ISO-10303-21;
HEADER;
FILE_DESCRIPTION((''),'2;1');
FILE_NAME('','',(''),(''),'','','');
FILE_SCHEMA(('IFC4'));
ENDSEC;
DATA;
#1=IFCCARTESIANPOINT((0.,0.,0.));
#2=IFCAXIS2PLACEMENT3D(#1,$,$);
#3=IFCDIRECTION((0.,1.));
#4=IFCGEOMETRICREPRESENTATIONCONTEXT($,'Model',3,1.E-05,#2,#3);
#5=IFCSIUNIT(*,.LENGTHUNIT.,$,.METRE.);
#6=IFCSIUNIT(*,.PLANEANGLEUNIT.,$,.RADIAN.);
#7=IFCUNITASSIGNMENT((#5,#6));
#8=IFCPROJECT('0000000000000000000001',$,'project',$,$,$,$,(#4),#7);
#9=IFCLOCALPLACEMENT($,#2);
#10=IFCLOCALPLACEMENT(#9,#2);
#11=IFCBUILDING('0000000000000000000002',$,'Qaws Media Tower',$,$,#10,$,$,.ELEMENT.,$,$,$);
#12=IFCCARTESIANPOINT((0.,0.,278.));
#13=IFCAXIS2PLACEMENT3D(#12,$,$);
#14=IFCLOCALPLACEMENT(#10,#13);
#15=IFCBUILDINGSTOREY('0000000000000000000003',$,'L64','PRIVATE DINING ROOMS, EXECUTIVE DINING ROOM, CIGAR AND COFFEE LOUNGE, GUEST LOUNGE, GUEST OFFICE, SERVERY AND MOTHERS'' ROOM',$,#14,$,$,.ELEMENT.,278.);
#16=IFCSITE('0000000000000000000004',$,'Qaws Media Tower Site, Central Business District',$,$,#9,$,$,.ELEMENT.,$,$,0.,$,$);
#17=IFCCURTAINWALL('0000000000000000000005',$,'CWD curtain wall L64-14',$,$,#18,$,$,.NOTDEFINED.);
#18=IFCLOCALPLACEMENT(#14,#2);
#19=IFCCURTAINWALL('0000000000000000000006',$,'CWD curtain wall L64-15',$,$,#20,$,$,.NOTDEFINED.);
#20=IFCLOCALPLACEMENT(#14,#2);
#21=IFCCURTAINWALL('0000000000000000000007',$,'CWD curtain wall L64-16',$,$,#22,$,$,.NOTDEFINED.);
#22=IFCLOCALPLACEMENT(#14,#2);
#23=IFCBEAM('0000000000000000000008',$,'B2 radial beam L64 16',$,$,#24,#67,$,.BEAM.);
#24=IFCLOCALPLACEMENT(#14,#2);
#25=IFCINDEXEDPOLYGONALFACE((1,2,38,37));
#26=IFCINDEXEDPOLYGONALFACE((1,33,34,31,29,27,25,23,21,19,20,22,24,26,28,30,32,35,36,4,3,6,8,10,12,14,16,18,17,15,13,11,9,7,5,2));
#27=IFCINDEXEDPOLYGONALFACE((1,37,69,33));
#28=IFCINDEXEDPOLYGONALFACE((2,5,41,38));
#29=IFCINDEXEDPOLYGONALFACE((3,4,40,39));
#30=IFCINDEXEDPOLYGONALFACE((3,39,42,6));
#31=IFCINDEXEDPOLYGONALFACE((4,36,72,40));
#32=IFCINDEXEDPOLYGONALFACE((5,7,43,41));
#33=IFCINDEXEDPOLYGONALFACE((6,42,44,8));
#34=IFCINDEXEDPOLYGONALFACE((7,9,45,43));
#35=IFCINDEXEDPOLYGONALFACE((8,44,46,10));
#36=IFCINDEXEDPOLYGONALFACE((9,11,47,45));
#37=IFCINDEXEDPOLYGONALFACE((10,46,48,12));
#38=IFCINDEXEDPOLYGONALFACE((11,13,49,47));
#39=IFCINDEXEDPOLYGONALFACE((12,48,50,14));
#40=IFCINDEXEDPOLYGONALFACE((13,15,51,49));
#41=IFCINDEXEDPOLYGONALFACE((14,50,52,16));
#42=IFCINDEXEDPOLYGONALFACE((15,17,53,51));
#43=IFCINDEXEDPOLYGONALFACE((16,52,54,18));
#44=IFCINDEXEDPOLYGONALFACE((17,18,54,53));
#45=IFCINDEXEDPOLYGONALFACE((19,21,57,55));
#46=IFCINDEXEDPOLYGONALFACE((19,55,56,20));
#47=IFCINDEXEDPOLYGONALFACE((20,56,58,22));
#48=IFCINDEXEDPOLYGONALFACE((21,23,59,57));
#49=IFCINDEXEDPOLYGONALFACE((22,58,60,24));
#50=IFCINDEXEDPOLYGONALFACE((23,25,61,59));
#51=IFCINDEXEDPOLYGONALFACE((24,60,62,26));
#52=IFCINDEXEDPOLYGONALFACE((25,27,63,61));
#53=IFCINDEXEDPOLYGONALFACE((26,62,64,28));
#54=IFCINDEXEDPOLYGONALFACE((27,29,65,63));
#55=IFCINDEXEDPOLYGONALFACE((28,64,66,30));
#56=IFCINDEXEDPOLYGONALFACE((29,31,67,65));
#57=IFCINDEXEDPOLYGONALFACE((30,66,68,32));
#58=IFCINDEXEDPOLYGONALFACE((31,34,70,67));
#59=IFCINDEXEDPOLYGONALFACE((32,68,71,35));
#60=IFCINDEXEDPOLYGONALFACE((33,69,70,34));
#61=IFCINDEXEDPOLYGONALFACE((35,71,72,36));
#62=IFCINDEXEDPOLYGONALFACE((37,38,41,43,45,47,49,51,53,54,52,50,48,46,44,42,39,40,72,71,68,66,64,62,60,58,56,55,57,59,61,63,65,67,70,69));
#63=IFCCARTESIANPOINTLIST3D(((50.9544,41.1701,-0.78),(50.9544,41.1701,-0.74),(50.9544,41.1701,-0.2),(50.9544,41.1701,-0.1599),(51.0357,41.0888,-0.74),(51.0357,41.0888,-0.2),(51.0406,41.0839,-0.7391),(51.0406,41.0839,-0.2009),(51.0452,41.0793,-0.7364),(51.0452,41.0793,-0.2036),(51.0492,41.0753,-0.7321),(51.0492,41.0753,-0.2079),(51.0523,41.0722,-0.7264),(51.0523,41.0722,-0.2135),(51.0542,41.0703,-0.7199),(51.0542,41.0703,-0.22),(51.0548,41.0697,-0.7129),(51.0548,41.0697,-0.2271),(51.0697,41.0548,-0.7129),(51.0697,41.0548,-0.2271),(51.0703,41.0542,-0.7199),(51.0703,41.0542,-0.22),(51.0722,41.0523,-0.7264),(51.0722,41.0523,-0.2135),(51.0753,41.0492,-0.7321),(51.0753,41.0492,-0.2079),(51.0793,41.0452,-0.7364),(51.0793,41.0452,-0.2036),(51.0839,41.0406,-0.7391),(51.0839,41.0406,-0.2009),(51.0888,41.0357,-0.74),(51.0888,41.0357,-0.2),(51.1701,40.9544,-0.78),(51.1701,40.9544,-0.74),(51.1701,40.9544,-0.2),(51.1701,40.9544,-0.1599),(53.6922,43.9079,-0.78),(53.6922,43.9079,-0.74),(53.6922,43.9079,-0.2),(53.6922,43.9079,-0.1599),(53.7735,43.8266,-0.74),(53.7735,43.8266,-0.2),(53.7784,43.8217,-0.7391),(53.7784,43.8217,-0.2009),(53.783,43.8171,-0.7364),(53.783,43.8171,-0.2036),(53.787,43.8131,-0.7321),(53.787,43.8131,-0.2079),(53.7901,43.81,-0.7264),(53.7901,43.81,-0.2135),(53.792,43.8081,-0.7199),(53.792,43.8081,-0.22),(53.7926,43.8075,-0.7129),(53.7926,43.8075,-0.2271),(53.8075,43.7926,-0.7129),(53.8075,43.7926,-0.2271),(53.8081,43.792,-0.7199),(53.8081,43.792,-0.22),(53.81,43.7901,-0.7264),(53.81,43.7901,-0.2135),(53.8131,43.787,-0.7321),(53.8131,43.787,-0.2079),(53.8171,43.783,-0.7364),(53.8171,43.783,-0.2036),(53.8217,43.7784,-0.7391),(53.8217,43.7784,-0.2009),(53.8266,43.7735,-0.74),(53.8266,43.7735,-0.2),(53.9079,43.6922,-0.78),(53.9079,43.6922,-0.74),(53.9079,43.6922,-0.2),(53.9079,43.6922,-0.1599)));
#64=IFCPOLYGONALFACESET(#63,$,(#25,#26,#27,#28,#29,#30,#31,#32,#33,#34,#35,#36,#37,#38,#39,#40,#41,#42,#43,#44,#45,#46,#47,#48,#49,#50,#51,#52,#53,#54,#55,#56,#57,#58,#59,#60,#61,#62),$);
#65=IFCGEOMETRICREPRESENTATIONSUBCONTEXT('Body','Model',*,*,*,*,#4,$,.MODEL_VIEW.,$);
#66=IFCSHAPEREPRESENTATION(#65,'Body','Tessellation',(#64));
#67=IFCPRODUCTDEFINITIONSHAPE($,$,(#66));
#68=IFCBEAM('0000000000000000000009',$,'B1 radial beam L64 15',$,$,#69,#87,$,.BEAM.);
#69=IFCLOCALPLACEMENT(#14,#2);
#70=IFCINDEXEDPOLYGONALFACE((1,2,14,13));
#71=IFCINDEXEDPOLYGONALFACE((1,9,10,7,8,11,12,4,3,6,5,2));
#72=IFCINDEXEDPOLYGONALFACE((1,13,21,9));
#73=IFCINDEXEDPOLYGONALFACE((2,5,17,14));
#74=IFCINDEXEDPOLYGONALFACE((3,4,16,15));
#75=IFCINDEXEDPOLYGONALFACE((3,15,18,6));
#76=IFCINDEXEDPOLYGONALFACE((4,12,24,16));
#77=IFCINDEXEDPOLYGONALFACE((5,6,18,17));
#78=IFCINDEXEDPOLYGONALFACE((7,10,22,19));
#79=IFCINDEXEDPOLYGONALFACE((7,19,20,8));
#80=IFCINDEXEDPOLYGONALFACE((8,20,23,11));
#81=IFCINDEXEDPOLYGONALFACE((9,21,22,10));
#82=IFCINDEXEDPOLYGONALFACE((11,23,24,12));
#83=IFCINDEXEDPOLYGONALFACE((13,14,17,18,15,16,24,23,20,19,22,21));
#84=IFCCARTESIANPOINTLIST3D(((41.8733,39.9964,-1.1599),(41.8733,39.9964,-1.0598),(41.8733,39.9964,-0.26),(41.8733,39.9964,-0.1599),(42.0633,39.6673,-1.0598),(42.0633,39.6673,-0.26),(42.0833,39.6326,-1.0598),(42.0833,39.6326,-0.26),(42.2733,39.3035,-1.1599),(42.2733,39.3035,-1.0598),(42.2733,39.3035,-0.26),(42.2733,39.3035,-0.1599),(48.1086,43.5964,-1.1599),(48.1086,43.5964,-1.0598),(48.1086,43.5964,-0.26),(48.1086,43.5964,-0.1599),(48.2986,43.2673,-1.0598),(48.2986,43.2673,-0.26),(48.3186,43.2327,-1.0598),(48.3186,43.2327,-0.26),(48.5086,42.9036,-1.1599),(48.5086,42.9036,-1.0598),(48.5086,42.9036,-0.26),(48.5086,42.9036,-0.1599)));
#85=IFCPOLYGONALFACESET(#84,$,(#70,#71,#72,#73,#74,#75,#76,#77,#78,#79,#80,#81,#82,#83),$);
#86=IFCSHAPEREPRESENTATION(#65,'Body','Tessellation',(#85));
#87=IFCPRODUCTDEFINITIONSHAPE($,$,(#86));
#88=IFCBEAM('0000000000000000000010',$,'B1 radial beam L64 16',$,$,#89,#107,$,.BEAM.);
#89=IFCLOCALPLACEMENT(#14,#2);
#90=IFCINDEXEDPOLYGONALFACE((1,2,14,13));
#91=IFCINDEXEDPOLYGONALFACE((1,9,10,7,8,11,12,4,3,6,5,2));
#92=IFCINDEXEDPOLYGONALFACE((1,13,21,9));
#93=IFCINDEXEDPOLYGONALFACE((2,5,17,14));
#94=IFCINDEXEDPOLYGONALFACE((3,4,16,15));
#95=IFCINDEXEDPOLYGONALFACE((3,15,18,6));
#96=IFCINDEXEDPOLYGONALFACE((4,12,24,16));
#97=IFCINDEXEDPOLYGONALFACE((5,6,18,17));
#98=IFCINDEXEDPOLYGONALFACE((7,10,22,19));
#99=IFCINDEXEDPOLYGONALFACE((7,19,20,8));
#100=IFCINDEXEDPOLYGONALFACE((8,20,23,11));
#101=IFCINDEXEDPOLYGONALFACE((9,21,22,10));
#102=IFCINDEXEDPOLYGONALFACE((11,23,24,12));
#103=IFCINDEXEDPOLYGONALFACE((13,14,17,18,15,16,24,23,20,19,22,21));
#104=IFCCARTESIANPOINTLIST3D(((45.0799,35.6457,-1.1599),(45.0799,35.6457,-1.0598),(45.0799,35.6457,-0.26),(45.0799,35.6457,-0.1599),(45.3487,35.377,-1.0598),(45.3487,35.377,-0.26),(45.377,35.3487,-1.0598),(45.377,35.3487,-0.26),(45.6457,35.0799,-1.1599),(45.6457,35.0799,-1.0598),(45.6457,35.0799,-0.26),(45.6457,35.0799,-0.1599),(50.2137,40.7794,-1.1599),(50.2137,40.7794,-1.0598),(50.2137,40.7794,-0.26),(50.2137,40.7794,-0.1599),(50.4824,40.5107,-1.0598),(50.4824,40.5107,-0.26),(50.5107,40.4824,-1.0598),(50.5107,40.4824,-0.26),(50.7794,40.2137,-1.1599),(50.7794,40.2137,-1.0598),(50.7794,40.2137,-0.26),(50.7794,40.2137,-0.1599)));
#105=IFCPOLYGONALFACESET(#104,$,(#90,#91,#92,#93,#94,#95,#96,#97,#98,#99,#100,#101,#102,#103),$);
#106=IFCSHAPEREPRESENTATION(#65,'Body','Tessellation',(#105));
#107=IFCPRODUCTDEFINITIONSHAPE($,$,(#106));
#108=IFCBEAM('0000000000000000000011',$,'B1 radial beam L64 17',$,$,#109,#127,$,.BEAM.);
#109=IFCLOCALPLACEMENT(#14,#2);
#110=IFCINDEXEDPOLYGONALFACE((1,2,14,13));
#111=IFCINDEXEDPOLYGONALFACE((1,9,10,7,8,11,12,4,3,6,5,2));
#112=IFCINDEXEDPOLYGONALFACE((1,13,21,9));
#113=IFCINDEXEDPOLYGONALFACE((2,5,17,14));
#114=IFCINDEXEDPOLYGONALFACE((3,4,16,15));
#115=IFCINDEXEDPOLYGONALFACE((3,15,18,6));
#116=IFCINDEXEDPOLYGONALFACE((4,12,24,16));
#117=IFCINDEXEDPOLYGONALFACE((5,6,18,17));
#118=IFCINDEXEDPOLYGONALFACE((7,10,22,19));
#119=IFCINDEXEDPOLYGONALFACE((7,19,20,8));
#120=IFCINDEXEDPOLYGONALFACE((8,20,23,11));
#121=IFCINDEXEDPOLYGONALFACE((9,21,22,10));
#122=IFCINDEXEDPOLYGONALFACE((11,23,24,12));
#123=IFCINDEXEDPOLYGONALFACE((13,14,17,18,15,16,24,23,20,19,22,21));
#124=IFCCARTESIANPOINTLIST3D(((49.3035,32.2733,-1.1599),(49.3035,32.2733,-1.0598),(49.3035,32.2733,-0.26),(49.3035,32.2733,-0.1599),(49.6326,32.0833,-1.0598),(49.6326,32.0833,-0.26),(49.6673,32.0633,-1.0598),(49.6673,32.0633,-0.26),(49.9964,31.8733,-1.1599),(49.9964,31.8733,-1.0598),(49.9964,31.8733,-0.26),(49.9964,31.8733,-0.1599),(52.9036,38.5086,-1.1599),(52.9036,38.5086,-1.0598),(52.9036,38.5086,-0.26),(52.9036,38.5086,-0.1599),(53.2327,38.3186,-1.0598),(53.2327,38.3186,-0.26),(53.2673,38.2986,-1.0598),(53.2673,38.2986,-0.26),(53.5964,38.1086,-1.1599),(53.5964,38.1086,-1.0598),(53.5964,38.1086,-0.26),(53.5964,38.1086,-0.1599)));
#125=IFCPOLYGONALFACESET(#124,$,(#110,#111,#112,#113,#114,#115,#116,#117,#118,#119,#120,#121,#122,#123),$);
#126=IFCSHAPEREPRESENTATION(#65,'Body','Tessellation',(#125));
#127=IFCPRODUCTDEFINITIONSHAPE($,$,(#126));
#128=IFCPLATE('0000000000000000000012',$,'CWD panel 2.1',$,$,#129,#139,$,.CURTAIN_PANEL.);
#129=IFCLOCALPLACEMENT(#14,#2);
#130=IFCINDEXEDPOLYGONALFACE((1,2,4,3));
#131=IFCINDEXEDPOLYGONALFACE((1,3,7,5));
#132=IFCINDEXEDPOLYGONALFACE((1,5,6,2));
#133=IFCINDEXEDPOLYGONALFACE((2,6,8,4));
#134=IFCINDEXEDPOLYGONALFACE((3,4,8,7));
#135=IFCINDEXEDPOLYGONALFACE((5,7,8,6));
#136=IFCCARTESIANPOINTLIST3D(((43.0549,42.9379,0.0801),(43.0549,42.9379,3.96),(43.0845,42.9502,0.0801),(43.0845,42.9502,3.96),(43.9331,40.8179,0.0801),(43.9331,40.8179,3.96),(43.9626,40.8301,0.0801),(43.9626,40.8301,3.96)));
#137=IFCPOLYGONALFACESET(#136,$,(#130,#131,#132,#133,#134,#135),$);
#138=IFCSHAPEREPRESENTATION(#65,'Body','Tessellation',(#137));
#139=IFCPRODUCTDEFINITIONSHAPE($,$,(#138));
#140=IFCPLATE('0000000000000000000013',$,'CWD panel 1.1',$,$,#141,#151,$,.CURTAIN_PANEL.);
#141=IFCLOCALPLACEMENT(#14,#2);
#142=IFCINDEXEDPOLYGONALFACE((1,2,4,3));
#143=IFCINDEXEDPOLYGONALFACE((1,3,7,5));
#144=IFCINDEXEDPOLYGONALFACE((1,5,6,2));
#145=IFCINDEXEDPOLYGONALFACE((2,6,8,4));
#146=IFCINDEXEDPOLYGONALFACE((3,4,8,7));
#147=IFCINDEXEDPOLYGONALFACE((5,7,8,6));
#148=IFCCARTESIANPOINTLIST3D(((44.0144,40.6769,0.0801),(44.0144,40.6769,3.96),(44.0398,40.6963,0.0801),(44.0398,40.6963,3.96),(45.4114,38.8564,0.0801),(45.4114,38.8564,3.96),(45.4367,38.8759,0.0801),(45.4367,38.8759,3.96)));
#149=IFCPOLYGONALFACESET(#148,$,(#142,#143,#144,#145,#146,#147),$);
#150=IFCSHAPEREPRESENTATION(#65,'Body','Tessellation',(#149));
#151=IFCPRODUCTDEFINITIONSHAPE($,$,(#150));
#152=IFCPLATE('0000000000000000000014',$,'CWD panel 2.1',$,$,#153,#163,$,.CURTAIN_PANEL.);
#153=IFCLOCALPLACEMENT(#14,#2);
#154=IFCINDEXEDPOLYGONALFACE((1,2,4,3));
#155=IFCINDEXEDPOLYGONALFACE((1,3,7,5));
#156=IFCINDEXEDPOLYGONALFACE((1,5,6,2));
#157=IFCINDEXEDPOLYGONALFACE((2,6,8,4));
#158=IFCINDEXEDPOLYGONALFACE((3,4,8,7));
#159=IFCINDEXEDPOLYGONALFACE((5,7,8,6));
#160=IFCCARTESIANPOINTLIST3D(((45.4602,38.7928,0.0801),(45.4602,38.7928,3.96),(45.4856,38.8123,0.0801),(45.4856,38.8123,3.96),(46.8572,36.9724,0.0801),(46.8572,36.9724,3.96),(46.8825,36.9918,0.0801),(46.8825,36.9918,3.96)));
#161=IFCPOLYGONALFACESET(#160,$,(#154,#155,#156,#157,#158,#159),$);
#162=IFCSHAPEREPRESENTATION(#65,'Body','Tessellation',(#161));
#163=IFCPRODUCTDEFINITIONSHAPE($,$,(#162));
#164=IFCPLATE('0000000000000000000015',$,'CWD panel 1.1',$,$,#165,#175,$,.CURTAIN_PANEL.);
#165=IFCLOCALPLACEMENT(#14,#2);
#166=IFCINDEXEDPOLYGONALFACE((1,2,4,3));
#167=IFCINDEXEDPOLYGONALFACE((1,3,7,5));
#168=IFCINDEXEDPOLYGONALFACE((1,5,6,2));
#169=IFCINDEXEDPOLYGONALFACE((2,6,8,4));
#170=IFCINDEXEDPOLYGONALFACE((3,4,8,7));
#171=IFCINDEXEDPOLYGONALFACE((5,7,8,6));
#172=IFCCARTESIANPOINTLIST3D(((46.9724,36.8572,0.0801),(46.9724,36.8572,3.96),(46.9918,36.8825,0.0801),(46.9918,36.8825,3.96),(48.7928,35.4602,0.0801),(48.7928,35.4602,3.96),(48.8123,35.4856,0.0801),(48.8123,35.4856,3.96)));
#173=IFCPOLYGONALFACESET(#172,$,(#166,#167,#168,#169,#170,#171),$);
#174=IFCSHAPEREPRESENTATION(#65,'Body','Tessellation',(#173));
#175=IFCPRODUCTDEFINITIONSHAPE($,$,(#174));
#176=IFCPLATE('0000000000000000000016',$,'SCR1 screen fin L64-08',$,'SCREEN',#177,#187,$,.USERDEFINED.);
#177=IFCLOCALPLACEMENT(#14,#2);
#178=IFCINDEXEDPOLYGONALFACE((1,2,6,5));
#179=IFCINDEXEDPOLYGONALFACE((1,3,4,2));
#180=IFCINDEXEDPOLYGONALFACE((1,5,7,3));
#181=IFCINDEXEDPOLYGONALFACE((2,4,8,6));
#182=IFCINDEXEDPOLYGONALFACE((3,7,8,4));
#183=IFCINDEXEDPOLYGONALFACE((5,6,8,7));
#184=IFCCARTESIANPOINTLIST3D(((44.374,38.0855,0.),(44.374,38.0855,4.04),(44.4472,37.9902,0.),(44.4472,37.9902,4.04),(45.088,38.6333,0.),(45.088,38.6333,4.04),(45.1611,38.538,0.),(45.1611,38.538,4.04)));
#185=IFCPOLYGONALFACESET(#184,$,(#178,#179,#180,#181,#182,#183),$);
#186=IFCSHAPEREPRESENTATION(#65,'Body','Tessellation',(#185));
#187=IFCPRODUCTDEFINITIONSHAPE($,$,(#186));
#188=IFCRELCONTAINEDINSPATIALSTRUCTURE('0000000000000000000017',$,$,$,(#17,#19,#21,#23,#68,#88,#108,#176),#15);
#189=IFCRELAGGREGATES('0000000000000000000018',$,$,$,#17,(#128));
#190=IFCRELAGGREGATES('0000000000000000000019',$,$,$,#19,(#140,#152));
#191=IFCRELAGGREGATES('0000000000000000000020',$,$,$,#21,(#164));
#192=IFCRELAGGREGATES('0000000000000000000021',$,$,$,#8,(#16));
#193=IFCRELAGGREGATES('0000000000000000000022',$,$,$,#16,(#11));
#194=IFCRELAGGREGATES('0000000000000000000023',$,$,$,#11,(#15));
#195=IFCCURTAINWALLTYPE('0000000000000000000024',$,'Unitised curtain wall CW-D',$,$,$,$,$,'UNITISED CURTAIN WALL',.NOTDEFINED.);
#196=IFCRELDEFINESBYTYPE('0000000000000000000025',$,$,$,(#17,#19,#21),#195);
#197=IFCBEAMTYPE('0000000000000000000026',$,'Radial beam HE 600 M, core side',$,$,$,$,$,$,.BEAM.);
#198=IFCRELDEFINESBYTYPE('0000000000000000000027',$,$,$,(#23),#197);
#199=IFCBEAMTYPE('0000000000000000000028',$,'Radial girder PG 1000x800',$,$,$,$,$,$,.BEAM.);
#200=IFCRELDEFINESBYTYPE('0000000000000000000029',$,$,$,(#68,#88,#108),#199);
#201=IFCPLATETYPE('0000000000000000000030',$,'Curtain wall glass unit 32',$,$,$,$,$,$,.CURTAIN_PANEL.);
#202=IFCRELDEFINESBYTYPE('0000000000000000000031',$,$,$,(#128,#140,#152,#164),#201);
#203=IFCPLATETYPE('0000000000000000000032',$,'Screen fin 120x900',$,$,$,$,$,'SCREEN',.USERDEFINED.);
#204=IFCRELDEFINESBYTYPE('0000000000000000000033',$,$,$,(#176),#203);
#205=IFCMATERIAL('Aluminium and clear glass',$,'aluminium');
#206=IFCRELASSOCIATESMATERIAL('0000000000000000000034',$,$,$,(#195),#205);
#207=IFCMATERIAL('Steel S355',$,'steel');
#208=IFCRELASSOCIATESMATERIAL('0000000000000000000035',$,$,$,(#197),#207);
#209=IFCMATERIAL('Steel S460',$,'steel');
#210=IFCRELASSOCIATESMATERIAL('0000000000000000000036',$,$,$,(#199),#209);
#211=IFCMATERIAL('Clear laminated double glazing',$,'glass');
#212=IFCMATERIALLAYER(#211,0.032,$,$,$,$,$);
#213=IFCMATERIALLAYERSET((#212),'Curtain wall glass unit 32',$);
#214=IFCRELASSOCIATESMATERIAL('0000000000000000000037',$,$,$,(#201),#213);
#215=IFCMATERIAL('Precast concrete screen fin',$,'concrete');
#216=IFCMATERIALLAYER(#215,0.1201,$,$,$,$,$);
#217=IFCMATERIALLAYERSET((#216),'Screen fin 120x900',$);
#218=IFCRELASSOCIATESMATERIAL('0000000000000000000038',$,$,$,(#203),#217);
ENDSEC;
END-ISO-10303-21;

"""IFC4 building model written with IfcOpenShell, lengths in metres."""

from ifc_helpers import new_model, si_unit, direction, frame, origin, origin_2d, place, context, subcontext, project, spatial, rectangle, i_section, extrude, material, layer, layer_set, material_profile, profile_set, type_object, element, aggregate, save


model = new_model("IFC4")

# Units and contexts
model_context = context("Model", 3, precision=1e-05, world=origin(), true_north=direction((0.0, 1.0)))
body_context = subcontext(model_context, "Body", "Model", "MODEL_VIEW")
ifc_project = project(units=[si_unit("LENGTHUNIT", "METRE"), si_unit("PLANEANGLEUNIT", "RADIAN")], contexts=[model_context])

# Site, building, storey
site_placement = place(None, origin())
site = spatial("IfcSite", under=ifc_project, at=site_placement, Name="Qaws Media Tower Site, Central Business District", CompositionType="ELEMENT", RefElevation=0.0)
building_placement = place(site_placement, origin())
building = spatial("IfcBuilding", under=site, at=building_placement, Name="Qaws Media Tower", CompositionType="ELEMENT")
storey_placement = place(building_placement, frame((0.0, 0.0, 278.0)))
storey = spatial("IfcBuildingStorey", under=building, at=storey_placement, Name="L64", Description="PRIVATE DINING ROOMS, EXECUTIVE DINING ROOM, CIGAR AND COFFEE LOUNGE, GUEST LOUNGE, GUEST OFFICE, SERVERY AND MOTHERS' ROOM", CompositionType="ELEMENT", Elevation=278.0)

# Curtain wall
ifc_material_1 = material(Name="Aluminium and clear glass", Category="aluminium")
curtain_wall_type = type_object("IfcCurtainWallType", Name="Unitised curtain wall CW-D", ElementType="UNITISED CURTAIN WALL", PredefinedType="NOTDEFINED", material=ifc_material_1)
curtain_wall_1_placement = place(storey_placement, origin())
curtain_wall_1 = element("IfcCurtainWall", 1, at=curtain_wall_1_placement, inside=storey, type_object=curtain_wall_type, Name="CWD curtain wall L64-14", PredefinedType="NOTDEFINED")

# Curtain wall
curtain_wall_2_placement = place(storey_placement, origin())
curtain_wall_2 = element("IfcCurtainWall", 2, at=curtain_wall_2_placement, inside=storey, type_object=curtain_wall_type, Name="CWD curtain wall L64-15", PredefinedType="NOTDEFINED")

# Curtain wall
curtain_wall_3_placement = place(storey_placement, origin())
curtain_wall_3 = element("IfcCurtainWall", 3, at=curtain_wall_3_placement, inside=storey, type_object=curtain_wall_type, Name="CWD curtain wall L64-16", PredefinedType="NOTDEFINED")

# Beams
ifc_material_2 = material(Name="Steel S355", Category="steel")
ifc_material_profile_1 = material_profile(ifc_material_2, i_section(OverallWidth=0.3049, OverallDepth=0.6201, WebThickness=0.021, FlangeThickness=0.04, FilletRadius=0.0271, at=origin_2d()), Name="HE 600 M")
ifc_profile_set_1 = profile_set([ifc_material_profile_1], Name="Steel S355")
beam_type_1 = type_object("IfcBeamType", Name="Radial beam HE 600 M, core side", PredefinedType="BEAM", material=ifc_profile_set_1)
beam_1_placement = place(storey_placement, frame((53.8, 43.8, -0.47), z_axis=(-0.707107, -0.707107, 0.0), x_axis=(0.707107, -0.707107, 0.0)))
element("IfcBeam", 4, at=beam_1_placement, inside=storey, type_object=beam_type_1, Name="B2 radial beam L64 16", PredefinedType="BEAM", context=body_context, shape_type="SweptSolid", body=[
    extrude(i_section(OverallWidth=0.3049, OverallDepth=0.6201, WebThickness=0.021, FlangeThickness=0.04, FilletRadius=0.0271, at=origin_2d()), origin(), (0.0, 0.0, 1.0), 3.8718),
])
ifc_material_3 = material(Name="Steel S460", Category="steel")
ifc_material_profile_2 = material_profile(ifc_material_3, i_section(OverallWidth=0.8, OverallDepth=1.0, WebThickness=0.04, FlangeThickness=0.1001, at=origin_2d()), Name="PG 1000x800")
ifc_profile_set_2 = profile_set([ifc_material_profile_2], Name="Steel S460")
beam_type_2 = type_object("IfcBeamType", Name="Radial girder PG 1000x800", PredefinedType="BEAM", material=ifc_profile_set_2)
beam_2_placement = place(storey_placement, frame((48.3086, 43.25, -0.6599), z_axis=(-0.866018, -0.500012, 0.0), x_axis=(0.500012, -0.866018, 0.0)))
element("IfcBeam", 5, at=beam_2_placement, inside=storey, type_object=beam_type_2, Name="B1 radial beam L64 15", PredefinedType="BEAM", context=body_context, shape_type="SweptSolid", body=[
    extrude(i_section(OverallWidth=0.8, OverallDepth=1.0, WebThickness=0.04, FlangeThickness=0.1001, at=origin_2d()), origin(), (0.0, 0.0, 1.0), 7.2),
])
beam_3_placement = place(storey_placement, frame((50.4966, 40.4966, -0.6599), z_axis=(-0.707107, -0.707107, 0.0), x_axis=(0.707107, -0.707107, 0.0)))
element("IfcBeam", 6, at=beam_3_placement, inside=storey, type_object=beam_type_2, Name="B1 radial beam L64 16", PredefinedType="BEAM", context=body_context, shape_type="SweptSolid", body=[
    extrude(i_section(OverallWidth=0.8, OverallDepth=1.0, WebThickness=0.04, FlangeThickness=0.1001, at=origin_2d()), origin(), (0.0, 0.0, 1.0), 7.2603),
])
beam_4_placement = place(storey_placement, frame((53.25, 38.3086, -0.6599), z_axis=(-0.500012, -0.866018, 0.0), x_axis=(0.866018, -0.500012, 0.0)))
element("IfcBeam", 7, at=beam_4_placement, inside=storey, type_object=beam_type_2, Name="B1 radial beam L64 17", PredefinedType="BEAM", context=body_context, shape_type="SweptSolid", body=[
    extrude(i_section(OverallWidth=0.8, OverallDepth=1.0, WebThickness=0.04, FlangeThickness=0.1001, at=origin_2d()), origin(), (0.0, 0.0, 1.0), 7.2),
])

# Plates
ifc_material_4 = material(Name="Clear laminated double glazing", Category="glass")
ifc_layer_1 = layer(ifc_material_4, 0.032)
ifc_layer_set_1 = layer_set([ifc_layer_1], Name="Curtain wall glass unit 32")
plate_type_1 = type_object("IfcPlateType", Name="Curtain wall glass unit 32", PredefinedType="CURTAIN_PANEL", material=ifc_layer_set_1)
plate_1_placement = place(storey_placement, frame((43.5088, 41.884, 0.0801), z_axis=(0.0, 0.0, 1.0), x_axis=(0.382683, -0.92388, 0.0)))
plate_1 = element("IfcPlate", 8, at=plate_1_placement, type_object=plate_type_1, Name="CWD panel 2.1", PredefinedType="CURTAIN_PANEL", context=body_context, shape_type="SweptSolid", body=[
    extrude(rectangle(XDim=2.2947, YDim=0.032, at=origin_2d()), origin(), (0.0, 0.0, 1.0), 3.8799),
])
aggregate(curtain_wall_1, [plate_1])
plate_2_placement = place(storey_placement, frame((44.7256, 39.7764, 0.0801), z_axis=(0.0, 0.0, 1.0), x_axis=(0.608762, -0.793353, 0.0)))
plate_2 = element("IfcPlate", 9, at=plate_2_placement, type_object=plate_type_1, Name="CWD panel 1.1", PredefinedType="CURTAIN_PANEL", context=body_context, shape_type="SweptSolid", body=[
    extrude(rectangle(XDim=2.2947, YDim=0.032, at=origin_2d()), origin(), (0.0, 0.0, 1.0), 3.8799),
])
plate_3_placement = place(storey_placement, frame((46.1714, 37.8923, 0.0801), z_axis=(0.0, 0.0, 1.0), x_axis=(0.608762, -0.793353, 0.0)))
plate_3 = element("IfcPlate", 10, at=plate_3_placement, type_object=plate_type_1, Name="CWD panel 2.1", PredefinedType="CURTAIN_PANEL", context=body_context, shape_type="SweptSolid", body=[
    extrude(rectangle(XDim=2.2947, YDim=0.032, at=origin_2d()), origin(), (0.0, 0.0, 1.0), 3.8799),
])
aggregate(curtain_wall_2, [plate_2, plate_3])
plate_4_placement = place(storey_placement, frame((47.8923, 36.1714, 0.0801), z_axis=(0.0, 0.0, 1.0), x_axis=(0.793353, -0.608762, 0.0)))
plate_4 = element("IfcPlate", 11, at=plate_4_placement, type_object=plate_type_1, Name="CWD panel 1.1", PredefinedType="CURTAIN_PANEL", context=body_context, shape_type="SweptSolid", body=[
    extrude(rectangle(XDim=2.2947, YDim=0.032, at=origin_2d()), origin(), (0.0, 0.0, 1.0), 3.8799),
])
aggregate(curtain_wall_3, [plate_4])
ifc_material_5 = material(Name="Precast concrete screen fin", Category="concrete")
ifc_layer_2 = layer(ifc_material_5, 0.1201)
ifc_layer_set_2 = layer_set([ifc_layer_2], Name="Screen fin 120x900")
plate_type_2 = type_object("IfcPlateType", Name="Screen fin 120x900", ElementType="SCREEN", PredefinedType="USERDEFINED", material=ifc_layer_set_2)
plate_5_placement = place(storey_placement, frame((44.7676, 38.3118, 0.0), z_axis=(0.0, 0.0, 1.0), x_axis=(-0.793353, -0.608761, 0.0)))
element("IfcPlate", 12, at=plate_5_placement, inside=storey, type_object=plate_type_2, Name="SCR1 screen fin L64-08", ObjectType="SCREEN", PredefinedType="USERDEFINED", context=body_context, shape_type="SweptSolid", body=[
    extrude(rectangle(XDim=0.8999, YDim=0.1201, at=origin_2d()), origin(), (0.0, 0.0, 1.0), 4.04),
])

save(model, "model.ifc")
